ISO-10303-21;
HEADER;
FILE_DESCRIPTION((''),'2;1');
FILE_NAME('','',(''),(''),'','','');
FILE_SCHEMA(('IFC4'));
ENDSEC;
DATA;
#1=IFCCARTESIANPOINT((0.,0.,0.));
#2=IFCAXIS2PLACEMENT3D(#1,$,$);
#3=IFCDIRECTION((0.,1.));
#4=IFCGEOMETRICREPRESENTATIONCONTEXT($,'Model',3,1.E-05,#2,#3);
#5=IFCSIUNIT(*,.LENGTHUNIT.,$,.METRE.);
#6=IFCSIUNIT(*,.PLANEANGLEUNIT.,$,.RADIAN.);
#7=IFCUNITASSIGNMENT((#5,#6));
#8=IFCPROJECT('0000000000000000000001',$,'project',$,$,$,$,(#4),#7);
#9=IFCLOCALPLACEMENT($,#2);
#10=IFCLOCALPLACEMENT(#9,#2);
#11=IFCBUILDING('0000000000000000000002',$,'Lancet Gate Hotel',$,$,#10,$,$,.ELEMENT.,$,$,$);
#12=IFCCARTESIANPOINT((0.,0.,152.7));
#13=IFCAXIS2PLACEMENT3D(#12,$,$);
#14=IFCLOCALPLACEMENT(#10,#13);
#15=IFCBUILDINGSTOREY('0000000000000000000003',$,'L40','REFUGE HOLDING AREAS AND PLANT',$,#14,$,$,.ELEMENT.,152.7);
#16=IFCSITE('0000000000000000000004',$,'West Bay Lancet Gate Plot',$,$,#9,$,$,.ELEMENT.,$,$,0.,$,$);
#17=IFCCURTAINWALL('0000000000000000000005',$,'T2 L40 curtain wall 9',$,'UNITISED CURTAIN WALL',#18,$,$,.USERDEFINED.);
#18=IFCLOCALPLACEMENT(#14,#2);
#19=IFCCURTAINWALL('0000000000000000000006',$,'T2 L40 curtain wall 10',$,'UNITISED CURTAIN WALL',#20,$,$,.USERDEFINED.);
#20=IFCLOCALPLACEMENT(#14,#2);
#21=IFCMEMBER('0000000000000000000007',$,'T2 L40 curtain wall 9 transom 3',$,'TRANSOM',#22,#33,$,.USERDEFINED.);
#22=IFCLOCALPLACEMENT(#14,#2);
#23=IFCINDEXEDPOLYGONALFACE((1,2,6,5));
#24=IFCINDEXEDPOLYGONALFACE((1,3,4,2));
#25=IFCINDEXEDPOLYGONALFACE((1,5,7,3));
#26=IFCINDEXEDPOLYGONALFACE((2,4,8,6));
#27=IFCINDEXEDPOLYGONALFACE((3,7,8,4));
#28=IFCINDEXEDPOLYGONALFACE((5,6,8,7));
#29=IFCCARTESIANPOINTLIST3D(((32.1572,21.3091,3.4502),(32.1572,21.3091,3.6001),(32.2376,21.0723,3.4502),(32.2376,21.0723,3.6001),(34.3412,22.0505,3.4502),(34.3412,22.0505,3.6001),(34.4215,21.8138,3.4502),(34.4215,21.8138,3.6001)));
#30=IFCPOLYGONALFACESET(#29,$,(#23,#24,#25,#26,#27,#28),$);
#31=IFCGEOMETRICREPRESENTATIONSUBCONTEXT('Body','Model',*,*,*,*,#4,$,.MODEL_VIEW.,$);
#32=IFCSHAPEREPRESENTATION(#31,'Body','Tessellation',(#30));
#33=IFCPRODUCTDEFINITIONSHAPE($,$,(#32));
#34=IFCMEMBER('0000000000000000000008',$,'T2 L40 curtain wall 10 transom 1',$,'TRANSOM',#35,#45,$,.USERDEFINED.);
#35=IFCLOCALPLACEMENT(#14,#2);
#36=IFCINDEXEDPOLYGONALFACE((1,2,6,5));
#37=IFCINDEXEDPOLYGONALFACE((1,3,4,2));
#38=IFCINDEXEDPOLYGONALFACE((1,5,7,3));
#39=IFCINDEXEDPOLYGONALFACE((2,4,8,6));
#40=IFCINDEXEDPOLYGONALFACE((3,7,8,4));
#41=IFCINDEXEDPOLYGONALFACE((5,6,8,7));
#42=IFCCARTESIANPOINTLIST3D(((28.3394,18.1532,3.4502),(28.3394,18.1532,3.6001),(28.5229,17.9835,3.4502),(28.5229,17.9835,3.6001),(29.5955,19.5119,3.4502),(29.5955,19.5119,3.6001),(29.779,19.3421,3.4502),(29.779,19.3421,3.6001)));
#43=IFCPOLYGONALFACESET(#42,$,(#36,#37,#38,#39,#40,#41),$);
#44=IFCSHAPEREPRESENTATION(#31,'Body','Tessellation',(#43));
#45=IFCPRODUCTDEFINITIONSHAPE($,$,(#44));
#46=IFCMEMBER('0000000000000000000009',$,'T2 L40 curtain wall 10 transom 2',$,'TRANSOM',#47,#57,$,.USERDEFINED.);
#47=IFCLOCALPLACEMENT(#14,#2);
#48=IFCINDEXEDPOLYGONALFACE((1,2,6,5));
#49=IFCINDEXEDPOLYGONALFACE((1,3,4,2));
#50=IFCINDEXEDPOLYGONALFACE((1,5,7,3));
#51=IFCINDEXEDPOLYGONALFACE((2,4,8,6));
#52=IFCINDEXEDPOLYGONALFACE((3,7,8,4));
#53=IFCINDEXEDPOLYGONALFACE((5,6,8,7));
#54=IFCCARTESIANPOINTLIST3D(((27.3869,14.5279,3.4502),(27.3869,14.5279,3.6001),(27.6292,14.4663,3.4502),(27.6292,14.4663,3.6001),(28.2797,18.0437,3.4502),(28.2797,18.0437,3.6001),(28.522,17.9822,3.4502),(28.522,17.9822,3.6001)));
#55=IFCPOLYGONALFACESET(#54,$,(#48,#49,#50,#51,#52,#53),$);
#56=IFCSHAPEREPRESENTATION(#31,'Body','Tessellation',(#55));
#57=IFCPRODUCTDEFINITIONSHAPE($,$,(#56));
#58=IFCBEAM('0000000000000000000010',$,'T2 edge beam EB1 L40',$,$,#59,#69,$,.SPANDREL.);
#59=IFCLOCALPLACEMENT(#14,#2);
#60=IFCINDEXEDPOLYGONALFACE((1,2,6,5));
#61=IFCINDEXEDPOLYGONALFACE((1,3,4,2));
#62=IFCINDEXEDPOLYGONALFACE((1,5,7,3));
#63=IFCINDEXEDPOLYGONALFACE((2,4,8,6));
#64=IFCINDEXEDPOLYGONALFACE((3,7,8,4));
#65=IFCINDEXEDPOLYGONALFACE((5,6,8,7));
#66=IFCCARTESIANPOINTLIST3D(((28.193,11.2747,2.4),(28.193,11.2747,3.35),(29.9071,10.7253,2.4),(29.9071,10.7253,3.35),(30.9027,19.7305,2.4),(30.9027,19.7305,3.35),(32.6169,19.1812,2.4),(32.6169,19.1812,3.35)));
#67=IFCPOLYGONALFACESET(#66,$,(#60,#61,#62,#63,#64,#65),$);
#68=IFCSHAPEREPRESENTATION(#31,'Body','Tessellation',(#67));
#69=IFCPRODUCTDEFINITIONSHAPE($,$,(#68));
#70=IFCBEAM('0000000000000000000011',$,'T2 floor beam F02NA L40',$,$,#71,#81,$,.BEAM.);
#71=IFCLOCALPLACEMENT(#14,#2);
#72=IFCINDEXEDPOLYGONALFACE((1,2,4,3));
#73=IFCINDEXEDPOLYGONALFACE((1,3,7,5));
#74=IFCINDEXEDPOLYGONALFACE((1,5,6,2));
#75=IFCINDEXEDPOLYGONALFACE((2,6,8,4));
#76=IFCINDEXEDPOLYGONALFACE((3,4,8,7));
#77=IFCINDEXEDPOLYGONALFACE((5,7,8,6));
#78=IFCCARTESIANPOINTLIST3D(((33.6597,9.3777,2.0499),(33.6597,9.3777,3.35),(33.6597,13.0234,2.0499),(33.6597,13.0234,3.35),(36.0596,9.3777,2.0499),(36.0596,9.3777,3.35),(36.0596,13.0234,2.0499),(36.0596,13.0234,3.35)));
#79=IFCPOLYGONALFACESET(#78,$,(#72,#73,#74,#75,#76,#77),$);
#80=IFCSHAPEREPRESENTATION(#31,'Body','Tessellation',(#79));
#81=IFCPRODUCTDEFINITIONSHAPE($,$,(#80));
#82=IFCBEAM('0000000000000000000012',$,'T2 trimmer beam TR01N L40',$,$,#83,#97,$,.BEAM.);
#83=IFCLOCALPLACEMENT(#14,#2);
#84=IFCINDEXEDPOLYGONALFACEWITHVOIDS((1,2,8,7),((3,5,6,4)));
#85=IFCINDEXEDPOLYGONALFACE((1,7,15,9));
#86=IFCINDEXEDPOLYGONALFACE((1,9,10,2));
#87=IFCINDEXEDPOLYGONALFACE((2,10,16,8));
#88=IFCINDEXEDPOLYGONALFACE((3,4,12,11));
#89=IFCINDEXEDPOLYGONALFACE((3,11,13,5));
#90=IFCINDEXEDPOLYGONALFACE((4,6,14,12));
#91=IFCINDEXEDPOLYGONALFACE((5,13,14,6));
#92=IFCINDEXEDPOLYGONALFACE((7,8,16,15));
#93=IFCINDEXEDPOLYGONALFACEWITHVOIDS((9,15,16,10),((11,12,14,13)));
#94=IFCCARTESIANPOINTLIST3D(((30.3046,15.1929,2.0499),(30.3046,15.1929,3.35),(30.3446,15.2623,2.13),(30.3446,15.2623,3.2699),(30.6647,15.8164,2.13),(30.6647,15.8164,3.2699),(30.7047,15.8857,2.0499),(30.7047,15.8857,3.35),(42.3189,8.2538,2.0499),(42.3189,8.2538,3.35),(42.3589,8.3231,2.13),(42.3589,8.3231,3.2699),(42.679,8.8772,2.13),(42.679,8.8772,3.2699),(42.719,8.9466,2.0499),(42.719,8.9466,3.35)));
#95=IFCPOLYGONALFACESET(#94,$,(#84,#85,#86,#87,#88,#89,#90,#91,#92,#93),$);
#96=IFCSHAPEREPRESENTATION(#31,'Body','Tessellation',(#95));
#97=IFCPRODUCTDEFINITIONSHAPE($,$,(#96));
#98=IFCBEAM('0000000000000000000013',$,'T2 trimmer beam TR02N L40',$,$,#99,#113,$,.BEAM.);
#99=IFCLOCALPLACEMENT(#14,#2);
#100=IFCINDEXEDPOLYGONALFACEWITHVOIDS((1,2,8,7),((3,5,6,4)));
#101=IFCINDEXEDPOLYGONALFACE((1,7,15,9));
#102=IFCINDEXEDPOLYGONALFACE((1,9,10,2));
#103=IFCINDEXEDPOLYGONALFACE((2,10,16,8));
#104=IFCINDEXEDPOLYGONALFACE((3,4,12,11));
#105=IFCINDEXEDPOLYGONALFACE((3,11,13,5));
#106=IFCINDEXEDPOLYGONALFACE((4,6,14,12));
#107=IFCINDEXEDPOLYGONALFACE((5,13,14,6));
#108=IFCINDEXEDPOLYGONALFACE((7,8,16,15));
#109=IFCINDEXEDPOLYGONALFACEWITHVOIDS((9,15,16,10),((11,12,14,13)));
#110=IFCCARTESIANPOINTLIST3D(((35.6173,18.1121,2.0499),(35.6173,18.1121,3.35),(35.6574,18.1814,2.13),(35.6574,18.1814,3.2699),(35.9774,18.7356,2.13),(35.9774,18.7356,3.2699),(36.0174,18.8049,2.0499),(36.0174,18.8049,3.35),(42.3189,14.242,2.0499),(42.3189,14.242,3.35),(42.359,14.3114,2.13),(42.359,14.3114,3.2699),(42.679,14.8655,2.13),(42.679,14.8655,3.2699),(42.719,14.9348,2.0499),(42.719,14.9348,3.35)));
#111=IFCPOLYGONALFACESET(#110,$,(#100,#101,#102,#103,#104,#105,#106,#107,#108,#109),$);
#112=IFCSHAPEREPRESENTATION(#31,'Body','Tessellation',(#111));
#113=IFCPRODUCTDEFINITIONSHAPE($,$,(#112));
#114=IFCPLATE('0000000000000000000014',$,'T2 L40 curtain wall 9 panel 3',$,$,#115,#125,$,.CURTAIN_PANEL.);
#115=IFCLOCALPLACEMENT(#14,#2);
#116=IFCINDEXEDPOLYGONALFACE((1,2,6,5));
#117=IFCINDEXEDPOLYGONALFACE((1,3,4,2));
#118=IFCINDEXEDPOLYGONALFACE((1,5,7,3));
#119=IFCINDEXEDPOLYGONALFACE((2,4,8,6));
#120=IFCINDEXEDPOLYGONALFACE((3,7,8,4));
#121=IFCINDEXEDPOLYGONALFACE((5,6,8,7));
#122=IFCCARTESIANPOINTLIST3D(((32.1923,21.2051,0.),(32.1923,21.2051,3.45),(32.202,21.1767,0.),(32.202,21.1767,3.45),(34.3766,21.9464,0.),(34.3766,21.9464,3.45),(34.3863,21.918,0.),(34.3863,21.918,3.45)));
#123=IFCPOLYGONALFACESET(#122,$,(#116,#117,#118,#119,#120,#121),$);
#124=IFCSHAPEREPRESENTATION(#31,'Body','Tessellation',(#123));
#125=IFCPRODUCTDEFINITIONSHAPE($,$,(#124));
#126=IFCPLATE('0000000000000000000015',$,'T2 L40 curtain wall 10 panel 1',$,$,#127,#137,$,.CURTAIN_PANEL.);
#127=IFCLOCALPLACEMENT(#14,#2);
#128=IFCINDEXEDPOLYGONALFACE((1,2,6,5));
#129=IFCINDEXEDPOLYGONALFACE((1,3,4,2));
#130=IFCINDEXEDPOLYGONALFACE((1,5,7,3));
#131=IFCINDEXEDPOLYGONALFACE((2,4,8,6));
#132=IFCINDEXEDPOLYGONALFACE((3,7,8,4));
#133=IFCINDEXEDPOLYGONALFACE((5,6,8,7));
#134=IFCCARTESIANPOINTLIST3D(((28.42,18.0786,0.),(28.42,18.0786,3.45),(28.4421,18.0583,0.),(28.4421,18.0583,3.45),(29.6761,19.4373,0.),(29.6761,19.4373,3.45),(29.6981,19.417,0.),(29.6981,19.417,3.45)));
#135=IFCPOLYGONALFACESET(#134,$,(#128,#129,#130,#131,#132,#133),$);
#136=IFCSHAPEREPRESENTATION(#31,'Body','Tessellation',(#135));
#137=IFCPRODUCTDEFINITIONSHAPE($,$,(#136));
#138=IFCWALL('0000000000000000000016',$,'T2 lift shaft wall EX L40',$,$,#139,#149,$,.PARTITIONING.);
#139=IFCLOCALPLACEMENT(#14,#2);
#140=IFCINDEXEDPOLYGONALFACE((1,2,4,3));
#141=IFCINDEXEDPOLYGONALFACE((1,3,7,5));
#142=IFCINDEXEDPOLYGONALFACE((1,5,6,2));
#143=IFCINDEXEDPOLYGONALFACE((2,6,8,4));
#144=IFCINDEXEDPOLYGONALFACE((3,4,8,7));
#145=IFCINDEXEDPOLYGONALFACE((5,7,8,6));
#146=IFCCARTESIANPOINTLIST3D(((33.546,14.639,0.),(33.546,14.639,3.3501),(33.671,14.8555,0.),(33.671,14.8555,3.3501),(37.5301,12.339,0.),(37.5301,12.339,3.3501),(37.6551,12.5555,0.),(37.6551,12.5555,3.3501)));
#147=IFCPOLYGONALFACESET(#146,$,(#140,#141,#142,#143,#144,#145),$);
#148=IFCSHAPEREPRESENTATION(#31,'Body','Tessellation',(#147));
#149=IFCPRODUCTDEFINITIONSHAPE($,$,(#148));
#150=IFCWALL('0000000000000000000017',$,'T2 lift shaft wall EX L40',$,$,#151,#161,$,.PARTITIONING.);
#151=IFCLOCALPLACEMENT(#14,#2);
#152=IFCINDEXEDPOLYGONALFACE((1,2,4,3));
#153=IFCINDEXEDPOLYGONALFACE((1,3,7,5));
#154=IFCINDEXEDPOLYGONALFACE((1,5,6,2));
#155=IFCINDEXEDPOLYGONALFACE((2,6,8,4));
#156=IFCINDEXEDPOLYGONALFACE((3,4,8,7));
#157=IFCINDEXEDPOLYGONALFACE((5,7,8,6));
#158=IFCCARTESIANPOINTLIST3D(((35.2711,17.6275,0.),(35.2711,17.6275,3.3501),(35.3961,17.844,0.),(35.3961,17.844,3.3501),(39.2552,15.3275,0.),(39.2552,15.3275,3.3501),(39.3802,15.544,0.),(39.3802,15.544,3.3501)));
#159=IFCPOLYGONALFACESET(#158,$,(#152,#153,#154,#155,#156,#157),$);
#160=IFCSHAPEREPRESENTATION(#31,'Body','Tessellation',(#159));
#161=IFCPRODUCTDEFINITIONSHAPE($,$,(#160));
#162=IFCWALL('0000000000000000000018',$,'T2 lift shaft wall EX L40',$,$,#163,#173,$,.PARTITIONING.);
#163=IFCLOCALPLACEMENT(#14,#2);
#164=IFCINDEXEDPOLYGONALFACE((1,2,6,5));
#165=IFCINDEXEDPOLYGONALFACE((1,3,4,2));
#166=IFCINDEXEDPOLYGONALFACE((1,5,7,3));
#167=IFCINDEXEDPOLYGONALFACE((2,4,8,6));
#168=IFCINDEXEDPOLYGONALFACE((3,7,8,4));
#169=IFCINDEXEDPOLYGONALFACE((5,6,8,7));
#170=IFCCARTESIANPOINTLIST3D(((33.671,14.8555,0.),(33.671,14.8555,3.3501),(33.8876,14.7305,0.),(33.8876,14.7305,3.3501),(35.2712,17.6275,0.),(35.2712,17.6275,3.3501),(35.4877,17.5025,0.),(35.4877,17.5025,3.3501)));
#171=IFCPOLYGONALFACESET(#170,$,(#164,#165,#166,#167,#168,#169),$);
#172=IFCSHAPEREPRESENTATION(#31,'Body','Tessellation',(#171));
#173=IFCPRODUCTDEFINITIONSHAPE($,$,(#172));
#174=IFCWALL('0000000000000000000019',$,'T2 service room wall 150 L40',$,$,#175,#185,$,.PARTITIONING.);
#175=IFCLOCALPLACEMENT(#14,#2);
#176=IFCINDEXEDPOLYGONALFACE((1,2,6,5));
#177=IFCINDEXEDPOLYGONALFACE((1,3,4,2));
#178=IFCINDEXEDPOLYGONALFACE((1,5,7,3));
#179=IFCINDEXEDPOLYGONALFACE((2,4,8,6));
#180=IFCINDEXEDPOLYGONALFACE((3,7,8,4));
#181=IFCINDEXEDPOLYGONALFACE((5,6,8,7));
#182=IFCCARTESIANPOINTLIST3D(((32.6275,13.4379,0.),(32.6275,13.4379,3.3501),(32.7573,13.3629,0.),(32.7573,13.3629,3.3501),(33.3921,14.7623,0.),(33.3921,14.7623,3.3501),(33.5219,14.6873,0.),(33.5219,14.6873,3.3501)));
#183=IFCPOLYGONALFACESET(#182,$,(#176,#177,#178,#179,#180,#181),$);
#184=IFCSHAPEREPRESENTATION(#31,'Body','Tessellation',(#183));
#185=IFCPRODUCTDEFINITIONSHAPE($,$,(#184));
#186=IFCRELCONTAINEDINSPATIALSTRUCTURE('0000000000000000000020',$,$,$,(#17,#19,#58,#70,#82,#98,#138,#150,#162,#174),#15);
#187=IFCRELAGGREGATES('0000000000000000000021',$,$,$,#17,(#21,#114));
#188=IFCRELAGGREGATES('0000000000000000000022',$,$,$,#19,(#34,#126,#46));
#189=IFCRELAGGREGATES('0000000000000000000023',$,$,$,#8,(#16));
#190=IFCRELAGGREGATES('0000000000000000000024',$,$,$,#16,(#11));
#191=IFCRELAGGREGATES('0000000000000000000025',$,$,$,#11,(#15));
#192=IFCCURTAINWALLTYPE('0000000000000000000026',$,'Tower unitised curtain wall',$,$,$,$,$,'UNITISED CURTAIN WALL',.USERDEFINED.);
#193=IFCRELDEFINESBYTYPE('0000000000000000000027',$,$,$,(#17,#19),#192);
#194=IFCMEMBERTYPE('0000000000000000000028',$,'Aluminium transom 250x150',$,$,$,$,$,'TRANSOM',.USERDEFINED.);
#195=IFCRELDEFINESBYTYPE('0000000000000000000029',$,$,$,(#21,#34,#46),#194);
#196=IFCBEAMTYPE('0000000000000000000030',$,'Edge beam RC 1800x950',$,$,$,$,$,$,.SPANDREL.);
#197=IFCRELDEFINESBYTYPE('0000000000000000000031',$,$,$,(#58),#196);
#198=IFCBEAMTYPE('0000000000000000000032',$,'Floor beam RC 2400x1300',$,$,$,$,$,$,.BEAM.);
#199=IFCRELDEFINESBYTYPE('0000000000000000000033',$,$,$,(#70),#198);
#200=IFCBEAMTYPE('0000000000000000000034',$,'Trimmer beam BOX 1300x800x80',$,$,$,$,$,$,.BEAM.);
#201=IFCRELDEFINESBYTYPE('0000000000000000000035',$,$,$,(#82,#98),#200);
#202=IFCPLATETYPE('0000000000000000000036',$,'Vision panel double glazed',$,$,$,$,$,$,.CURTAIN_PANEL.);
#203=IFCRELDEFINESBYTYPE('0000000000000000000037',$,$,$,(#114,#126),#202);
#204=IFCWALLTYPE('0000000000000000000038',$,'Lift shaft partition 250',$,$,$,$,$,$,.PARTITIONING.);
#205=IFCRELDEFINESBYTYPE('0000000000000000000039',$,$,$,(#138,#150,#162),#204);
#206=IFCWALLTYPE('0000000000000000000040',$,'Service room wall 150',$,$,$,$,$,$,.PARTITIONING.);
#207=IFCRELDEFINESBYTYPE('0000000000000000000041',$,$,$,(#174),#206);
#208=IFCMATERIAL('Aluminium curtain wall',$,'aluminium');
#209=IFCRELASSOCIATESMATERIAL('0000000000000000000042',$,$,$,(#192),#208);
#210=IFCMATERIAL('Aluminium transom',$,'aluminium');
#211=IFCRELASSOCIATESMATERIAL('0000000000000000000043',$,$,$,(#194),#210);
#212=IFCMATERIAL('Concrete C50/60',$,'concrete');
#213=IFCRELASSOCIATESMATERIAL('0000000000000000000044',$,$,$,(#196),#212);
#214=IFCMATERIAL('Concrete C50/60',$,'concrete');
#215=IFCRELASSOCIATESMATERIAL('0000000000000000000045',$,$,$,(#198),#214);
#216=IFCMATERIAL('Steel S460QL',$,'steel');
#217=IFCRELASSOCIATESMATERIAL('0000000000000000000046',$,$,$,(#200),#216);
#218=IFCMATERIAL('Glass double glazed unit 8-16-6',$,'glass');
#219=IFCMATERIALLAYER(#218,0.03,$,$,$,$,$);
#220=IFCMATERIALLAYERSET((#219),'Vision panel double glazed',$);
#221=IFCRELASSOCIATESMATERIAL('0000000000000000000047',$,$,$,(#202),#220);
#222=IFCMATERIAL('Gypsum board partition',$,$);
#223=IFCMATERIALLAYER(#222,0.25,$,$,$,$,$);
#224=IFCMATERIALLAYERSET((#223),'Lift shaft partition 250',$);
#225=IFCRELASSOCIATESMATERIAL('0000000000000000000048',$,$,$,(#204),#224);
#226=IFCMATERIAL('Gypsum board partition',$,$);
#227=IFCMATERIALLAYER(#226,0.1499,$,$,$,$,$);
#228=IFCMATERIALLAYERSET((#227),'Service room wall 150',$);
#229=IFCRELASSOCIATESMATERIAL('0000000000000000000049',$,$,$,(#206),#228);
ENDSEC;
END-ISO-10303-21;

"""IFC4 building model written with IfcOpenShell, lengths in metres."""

from ifc_helpers import new_model, si_unit, direction, frame, frame_2d, origin, origin_2d, place, context, subcontext, project, spatial, rectangle, hollow_rectangle, extrude, material, layer, layer_set, material_profile, profile_set, type_object, element, aggregate, save


model = new_model("IFC4")

# Units and contexts
model_context = context("Model", 3, precision=1e-05, world=origin(), true_north=direction((0.0, 1.0)))
body_context = subcontext(model_context, "Body", "Model", "MODEL_VIEW")
ifc_project = project(units=[si_unit("LENGTHUNIT", "METRE"), si_unit("PLANEANGLEUNIT", "RADIAN")], contexts=[model_context])

# Site, building, storey
site_placement = place(None, origin())
site = spatial("IfcSite", under=ifc_project, at=site_placement, Name="West Bay Lancet Gate Plot", CompositionType="ELEMENT", RefElevation=0.0)
building_placement = place(site_placement, origin())
building = spatial("IfcBuilding", under=site, at=building_placement, Name="Lancet Gate Hotel", CompositionType="ELEMENT")
storey_placement = place(building_placement, frame((0.0, 0.0, 152.7)))
storey = spatial("IfcBuildingStorey", under=building, at=storey_placement, Name="L40", Description="REFUGE HOLDING AREAS AND PLANT", CompositionType="ELEMENT", Elevation=152.7)

# Curtain walls
ifc_material_1 = material(Name="Aluminium curtain wall", Category="aluminium")
curtain_wall_type = type_object("IfcCurtainWallType", Name="Tower unitised curtain wall", ElementType="UNITISED CURTAIN WALL", PredefinedType="USERDEFINED", material=ifc_material_1)
curtain_wall_1_placement = place(storey_placement, origin())
curtain_wall_1 = element("IfcCurtainWall", 1, at=curtain_wall_1_placement, inside=storey, type_object=curtain_wall_type, Name="T2 L40 curtain wall 9", ObjectType="UNITISED CURTAIN WALL", PredefinedType="USERDEFINED")
curtain_wall_2_placement = place(storey_placement, origin())
curtain_wall_2 = element("IfcCurtainWall", 2, at=curtain_wall_2_placement, inside=storey, type_object=curtain_wall_type, Name="T2 L40 curtain wall 10", ObjectType="UNITISED CURTAIN WALL", PredefinedType="USERDEFINED")

# Members
ifc_material_2 = material(Name="Aluminium transom", Category="aluminium")
ifc_material_profile_1 = material_profile(ifc_material_2, rectangle(XDim=0.25, YDim=0.1499, at=origin_2d()), Name="TRANSOM 250x150")
ifc_profile_set_1 = profile_set([ifc_material_profile_1], Name="Aluminium transom")
member_type_1 = type_object("IfcMemberType", Name="Aluminium transom 250x150", ElementType="TRANSOM", PredefinedType="USERDEFINED", material=ifc_profile_set_1)
member_1_placement = place(storey_placement, frame((34.3813, 21.9321, 3.5251), z_axis=(-0.946922, -0.321462, 0.0), x_axis=(0.321462, -0.946922, 0.0)))
member_1 = element("IfcMember", 3, at=member_1_placement, type_object=member_type_1, Name="T2 L40 curtain wall 9 transom 3", ObjectType="TRANSOM", PredefinedType="USERDEFINED", context=body_context, shape_type="SweptSolid", body=[
    extrude(rectangle(XDim=0.25, YDim=0.1499, at=origin_2d()), origin(), (0.0, 0.0, 1.0), 2.3064),
])
member_2_placement = place(storey_placement, frame((29.6873, 19.427, 3.5251), z_axis=(-0.678855, -0.734272, 0.0), x_axis=(0.734272, -0.678855, 0.0)))
member_2 = element("IfcMember", 4, at=member_2_placement, type_object=member_type_1, Name="T2 L40 curtain wall 10 transom 1", ObjectType="TRANSOM", PredefinedType="USERDEFINED", context=body_context, shape_type="SweptSolid", body=[
    extrude(rectangle(XDim=0.25, YDim=0.1499, at=origin_2d()), origin(), (0.0, 0.0, 1.0), 1.8503),
])
member_3_placement = place(storey_placement, frame((28.4009, 18.0129, 3.5251), z_axis=(-0.246129, -0.969237, 0.0), x_axis=(0.969237, -0.246129, 0.0)))
member_3 = element("IfcMember", 5, at=member_3_placement, type_object=member_type_1, Name="T2 L40 curtain wall 10 transom 2", ObjectType="TRANSOM", PredefinedType="USERDEFINED", context=body_context, shape_type="SweptSolid", body=[
    extrude(rectangle(XDim=0.25, YDim=0.1499, at=origin_2d()), origin(), (0.0, 0.0, 1.0), 3.6274),
])

# Beams
ifc_material_3 = material(Name="Concrete C50/60", Category="concrete")
ifc_material_profile_2 = material_profile(ifc_material_3, rectangle(XDim=1.8, YDim=0.95, at=origin_2d()), Name="RC 1800x950")
ifc_profile_set_2 = profile_set([ifc_material_profile_2], Name="Concrete C50/60")
beam_type_1 = type_object("IfcBeamType", Name="Edge beam RC 1800x950", PredefinedType="SPANDREL", material=ifc_profile_set_2)
beam_1_placement = place(storey_placement, frame((29.05, 11.0, 2.875), z_axis=(0.30517, 0.952298, 0.0), x_axis=(-0.952298, 0.30517, 0.0)))
element("IfcBeam", 6, at=beam_1_placement, inside=storey, type_object=beam_type_1, Name="T2 edge beam EB1 L40", PredefinedType="SPANDREL", context=body_context, shape_type="SweptSolid", body=[
    extrude(rectangle(XDim=1.8, YDim=0.95, at=origin_2d()), origin(), (0.0, 0.0, 1.0), 8.8794),
])
ifc_material_4 = material(Name="Concrete C50/60", Category="concrete")
ifc_material_profile_3 = material_profile(ifc_material_4, rectangle(XDim=2.3999, YDim=1.3, at=origin_2d()), Name="RC 2400x1300")
ifc_profile_set_3 = profile_set([ifc_material_profile_3], Name="Concrete C50/60")
beam_type_2 = type_object("IfcBeamType", Name="Floor beam RC 2400x1300", PredefinedType="BEAM", material=ifc_profile_set_3)
beam_2_placement = place(storey_placement, frame((34.8596, 9.3777, 2.7), z_axis=(0.0, 1.0, 0.0), x_axis=(-1.0, 0.0, 0.0)))
element("IfcBeam", 7, at=beam_2_placement, inside=storey, type_object=beam_type_2, Name="T2 floor beam F02NA L40", PredefinedType="BEAM", context=body_context, shape_type="SweptSolid", body=[
    extrude(rectangle(XDim=2.3999, YDim=1.3, at=origin_2d()), origin(), (0.0, 0.0, 1.0), 3.6458),
])
ifc_material_5 = material(Name="Steel S460QL", Category="steel")
ifc_material_profile_4 = material_profile(ifc_material_5, hollow_rectangle(XDim=0.8, YDim=1.3, WallThickness=0.0801, at=origin_2d()), Name="BOX 1300x800x80")
ifc_profile_set_4 = profile_set([ifc_material_profile_4], Name="Steel S460QL")
beam_type_3 = type_object("IfcBeamType", Name="Trimmer beam BOX 1300x800x80", PredefinedType="BEAM", material=ifc_profile_set_4)
beam_3_placement = place(storey_placement, frame((30.5046, 15.5393, 2.7), z_axis=(0.865941, -0.500145, 0.0), x_axis=(0.500145, 0.865941, 0.0)))
element("IfcBeam", 8, at=beam_3_placement, inside=storey, type_object=beam_type_3, Name="T2 trimmer beam TR01N L40", PredefinedType="BEAM", context=body_context, shape_type="SweptSolid", body=[
    extrude(hollow_rectangle(XDim=0.8, YDim=1.3, WallThickness=0.0801, at=origin_2d()), origin(), (0.0, 0.0, 1.0), 13.8743),
])
beam_4_placement = place(storey_placement, frame((35.8174, 18.4585, 2.7), z_axis=(0.865974, -0.500088, 0.0), x_axis=(0.500088, 0.865974, 0.0)))
element("IfcBeam", 9, at=beam_4_placement, inside=storey, type_object=beam_type_3, Name="T2 trimmer beam TR02N L40", PredefinedType="BEAM", context=body_context, shape_type="SweptSolid", body=[
    extrude(hollow_rectangle(XDim=0.8, YDim=1.3, WallThickness=0.0801, at=origin_2d()), origin(), (0.0, 0.0, 1.0), 7.7388),
])

# Plates
ifc_material_6 = material(Name="Glass double glazed unit 8-16-6", Category="glass")
ifc_layer_1 = layer(ifc_material_6, 0.03)
ifc_layer_set_1 = layer_set([ifc_layer_1], Name="Vision panel double glazed")
plate_type = type_object("IfcPlateType", Name="Vision panel double glazed", PredefinedType="CURTAIN_PANEL", material=ifc_layer_set_1)
plate_1_placement = place(storey_placement, frame((33.2893, 21.5615, 0.0), z_axis=(0.0, 0.0, 1.0), x_axis=(-0.946952, -0.321374, 0.0)))
plate_1 = element("IfcPlate", 10, at=plate_1_placement, type_object=plate_type, Name="T2 L40 curtain wall 9 panel 3", PredefinedType="CURTAIN_PANEL", context=body_context, shape_type="SweptSolid", body=[
    extrude(rectangle(XDim=2.3066, YDim=0.03, at=origin_2d()), origin(), (0.0, 0.0, 1.0), 3.45),
])
aggregate(curtain_wall_1, [member_1, plate_1])
plate_2_placement = place(storey_placement, frame((29.0591, 18.7478, 0.0), z_axis=(0.0, 0.0, 1.0), x_axis=(-0.678831, -0.734294, 0.0)))
plate_2 = element("IfcPlate", 11, at=plate_2_placement, type_object=plate_type, Name="T2 L40 curtain wall 10 panel 1", PredefinedType="CURTAIN_PANEL", context=body_context, shape_type="SweptSolid", body=[
    extrude(rectangle(XDim=1.8503, YDim=0.03, at=origin_2d()), origin(), (0.0, 0.0, 1.0), 3.45),
])
aggregate(curtain_wall_2, [member_2, plate_2, member_3])

# Walls
ifc_material_7 = material(Name="Gypsum board partition")
ifc_layer_2 = layer(ifc_material_7, 0.25)
ifc_layer_set_2 = layer_set([ifc_layer_2], Name="Lift shaft partition 250")
wall_type_1 = type_object("IfcWallType", Name="Lift shaft partition 250", PredefinedType="PARTITIONING", material=ifc_layer_set_2)
for number, where, z_axis, x_axis, name in (
    (12, (33.6084, 14.7473, 0.0), (0.0, 0.0, 1.0), (0.866043, -0.499969, 0.0), "T2 lift shaft wall EX L40"),
    (13, (35.3335, 17.7358, 0.0), (0.0, 0.0, 1.0), (0.866043, -0.499969, 0.0), "T2 lift shaft wall EX L40"),
):
    element("IfcWall", number, at=place(storey_placement, frame(where, z_axis=z_axis, x_axis=x_axis)), inside=storey, type_object=wall_type_1, Name=name, PredefinedType="PARTITIONING", context=body_context, shape_type="SweptSolid", body=[
        extrude(rectangle(XDim=4.6003, YDim=0.25, at=frame_2d((2.3003, 0.0))), origin(), (0.0, 0.0, 1.0), 3.3501),
    ])
wall_1_placement = place(storey_placement, frame((33.7793, 14.793, 0.0), z_axis=(0.0, 0.0, 1.0), x_axis=(0.499929, 0.866066, 0.0)))
element("IfcWall", 14, at=wall_1_placement, inside=storey, type_object=wall_type_1, Name="T2 lift shaft wall EX L40", PredefinedType="PARTITIONING", context=body_context, shape_type="SweptSolid", body=[
    extrude(rectangle(XDim=3.2007, YDim=0.25, at=frame_2d((1.6003, 0.0))), origin(), (0.0, 0.0, 1.0), 3.3501),
])
ifc_material_8 = material(Name="Gypsum board partition")
ifc_layer_3 = layer(ifc_material_8, 0.1499)
ifc_layer_set_3 = layer_set([ifc_layer_3], Name="Service room wall 150")
wall_type_2 = type_object("IfcWallType", Name="Service room wall 150", PredefinedType="PARTITIONING", material=ifc_layer_set_3)
wall_2_placement = place(storey_placement, frame((32.6924, 13.4004, 0.0), z_axis=(0.0, 0.0, 1.0), x_axis=(0.499985, 0.866034, 0.0)))
element("IfcWall", 15, at=wall_2_placement, inside=storey, type_object=wall_type_2, Name="T2 service room wall 150 L40", PredefinedType="PARTITIONING", context=body_context, shape_type="SweptSolid", body=[
    extrude(rectangle(XDim=1.5293, YDim=0.1499, at=frame_2d((0.7646, 0.0))), origin(), (0.0, 0.0, 1.0), 3.3501),
])

save(model, "model.ifc")
